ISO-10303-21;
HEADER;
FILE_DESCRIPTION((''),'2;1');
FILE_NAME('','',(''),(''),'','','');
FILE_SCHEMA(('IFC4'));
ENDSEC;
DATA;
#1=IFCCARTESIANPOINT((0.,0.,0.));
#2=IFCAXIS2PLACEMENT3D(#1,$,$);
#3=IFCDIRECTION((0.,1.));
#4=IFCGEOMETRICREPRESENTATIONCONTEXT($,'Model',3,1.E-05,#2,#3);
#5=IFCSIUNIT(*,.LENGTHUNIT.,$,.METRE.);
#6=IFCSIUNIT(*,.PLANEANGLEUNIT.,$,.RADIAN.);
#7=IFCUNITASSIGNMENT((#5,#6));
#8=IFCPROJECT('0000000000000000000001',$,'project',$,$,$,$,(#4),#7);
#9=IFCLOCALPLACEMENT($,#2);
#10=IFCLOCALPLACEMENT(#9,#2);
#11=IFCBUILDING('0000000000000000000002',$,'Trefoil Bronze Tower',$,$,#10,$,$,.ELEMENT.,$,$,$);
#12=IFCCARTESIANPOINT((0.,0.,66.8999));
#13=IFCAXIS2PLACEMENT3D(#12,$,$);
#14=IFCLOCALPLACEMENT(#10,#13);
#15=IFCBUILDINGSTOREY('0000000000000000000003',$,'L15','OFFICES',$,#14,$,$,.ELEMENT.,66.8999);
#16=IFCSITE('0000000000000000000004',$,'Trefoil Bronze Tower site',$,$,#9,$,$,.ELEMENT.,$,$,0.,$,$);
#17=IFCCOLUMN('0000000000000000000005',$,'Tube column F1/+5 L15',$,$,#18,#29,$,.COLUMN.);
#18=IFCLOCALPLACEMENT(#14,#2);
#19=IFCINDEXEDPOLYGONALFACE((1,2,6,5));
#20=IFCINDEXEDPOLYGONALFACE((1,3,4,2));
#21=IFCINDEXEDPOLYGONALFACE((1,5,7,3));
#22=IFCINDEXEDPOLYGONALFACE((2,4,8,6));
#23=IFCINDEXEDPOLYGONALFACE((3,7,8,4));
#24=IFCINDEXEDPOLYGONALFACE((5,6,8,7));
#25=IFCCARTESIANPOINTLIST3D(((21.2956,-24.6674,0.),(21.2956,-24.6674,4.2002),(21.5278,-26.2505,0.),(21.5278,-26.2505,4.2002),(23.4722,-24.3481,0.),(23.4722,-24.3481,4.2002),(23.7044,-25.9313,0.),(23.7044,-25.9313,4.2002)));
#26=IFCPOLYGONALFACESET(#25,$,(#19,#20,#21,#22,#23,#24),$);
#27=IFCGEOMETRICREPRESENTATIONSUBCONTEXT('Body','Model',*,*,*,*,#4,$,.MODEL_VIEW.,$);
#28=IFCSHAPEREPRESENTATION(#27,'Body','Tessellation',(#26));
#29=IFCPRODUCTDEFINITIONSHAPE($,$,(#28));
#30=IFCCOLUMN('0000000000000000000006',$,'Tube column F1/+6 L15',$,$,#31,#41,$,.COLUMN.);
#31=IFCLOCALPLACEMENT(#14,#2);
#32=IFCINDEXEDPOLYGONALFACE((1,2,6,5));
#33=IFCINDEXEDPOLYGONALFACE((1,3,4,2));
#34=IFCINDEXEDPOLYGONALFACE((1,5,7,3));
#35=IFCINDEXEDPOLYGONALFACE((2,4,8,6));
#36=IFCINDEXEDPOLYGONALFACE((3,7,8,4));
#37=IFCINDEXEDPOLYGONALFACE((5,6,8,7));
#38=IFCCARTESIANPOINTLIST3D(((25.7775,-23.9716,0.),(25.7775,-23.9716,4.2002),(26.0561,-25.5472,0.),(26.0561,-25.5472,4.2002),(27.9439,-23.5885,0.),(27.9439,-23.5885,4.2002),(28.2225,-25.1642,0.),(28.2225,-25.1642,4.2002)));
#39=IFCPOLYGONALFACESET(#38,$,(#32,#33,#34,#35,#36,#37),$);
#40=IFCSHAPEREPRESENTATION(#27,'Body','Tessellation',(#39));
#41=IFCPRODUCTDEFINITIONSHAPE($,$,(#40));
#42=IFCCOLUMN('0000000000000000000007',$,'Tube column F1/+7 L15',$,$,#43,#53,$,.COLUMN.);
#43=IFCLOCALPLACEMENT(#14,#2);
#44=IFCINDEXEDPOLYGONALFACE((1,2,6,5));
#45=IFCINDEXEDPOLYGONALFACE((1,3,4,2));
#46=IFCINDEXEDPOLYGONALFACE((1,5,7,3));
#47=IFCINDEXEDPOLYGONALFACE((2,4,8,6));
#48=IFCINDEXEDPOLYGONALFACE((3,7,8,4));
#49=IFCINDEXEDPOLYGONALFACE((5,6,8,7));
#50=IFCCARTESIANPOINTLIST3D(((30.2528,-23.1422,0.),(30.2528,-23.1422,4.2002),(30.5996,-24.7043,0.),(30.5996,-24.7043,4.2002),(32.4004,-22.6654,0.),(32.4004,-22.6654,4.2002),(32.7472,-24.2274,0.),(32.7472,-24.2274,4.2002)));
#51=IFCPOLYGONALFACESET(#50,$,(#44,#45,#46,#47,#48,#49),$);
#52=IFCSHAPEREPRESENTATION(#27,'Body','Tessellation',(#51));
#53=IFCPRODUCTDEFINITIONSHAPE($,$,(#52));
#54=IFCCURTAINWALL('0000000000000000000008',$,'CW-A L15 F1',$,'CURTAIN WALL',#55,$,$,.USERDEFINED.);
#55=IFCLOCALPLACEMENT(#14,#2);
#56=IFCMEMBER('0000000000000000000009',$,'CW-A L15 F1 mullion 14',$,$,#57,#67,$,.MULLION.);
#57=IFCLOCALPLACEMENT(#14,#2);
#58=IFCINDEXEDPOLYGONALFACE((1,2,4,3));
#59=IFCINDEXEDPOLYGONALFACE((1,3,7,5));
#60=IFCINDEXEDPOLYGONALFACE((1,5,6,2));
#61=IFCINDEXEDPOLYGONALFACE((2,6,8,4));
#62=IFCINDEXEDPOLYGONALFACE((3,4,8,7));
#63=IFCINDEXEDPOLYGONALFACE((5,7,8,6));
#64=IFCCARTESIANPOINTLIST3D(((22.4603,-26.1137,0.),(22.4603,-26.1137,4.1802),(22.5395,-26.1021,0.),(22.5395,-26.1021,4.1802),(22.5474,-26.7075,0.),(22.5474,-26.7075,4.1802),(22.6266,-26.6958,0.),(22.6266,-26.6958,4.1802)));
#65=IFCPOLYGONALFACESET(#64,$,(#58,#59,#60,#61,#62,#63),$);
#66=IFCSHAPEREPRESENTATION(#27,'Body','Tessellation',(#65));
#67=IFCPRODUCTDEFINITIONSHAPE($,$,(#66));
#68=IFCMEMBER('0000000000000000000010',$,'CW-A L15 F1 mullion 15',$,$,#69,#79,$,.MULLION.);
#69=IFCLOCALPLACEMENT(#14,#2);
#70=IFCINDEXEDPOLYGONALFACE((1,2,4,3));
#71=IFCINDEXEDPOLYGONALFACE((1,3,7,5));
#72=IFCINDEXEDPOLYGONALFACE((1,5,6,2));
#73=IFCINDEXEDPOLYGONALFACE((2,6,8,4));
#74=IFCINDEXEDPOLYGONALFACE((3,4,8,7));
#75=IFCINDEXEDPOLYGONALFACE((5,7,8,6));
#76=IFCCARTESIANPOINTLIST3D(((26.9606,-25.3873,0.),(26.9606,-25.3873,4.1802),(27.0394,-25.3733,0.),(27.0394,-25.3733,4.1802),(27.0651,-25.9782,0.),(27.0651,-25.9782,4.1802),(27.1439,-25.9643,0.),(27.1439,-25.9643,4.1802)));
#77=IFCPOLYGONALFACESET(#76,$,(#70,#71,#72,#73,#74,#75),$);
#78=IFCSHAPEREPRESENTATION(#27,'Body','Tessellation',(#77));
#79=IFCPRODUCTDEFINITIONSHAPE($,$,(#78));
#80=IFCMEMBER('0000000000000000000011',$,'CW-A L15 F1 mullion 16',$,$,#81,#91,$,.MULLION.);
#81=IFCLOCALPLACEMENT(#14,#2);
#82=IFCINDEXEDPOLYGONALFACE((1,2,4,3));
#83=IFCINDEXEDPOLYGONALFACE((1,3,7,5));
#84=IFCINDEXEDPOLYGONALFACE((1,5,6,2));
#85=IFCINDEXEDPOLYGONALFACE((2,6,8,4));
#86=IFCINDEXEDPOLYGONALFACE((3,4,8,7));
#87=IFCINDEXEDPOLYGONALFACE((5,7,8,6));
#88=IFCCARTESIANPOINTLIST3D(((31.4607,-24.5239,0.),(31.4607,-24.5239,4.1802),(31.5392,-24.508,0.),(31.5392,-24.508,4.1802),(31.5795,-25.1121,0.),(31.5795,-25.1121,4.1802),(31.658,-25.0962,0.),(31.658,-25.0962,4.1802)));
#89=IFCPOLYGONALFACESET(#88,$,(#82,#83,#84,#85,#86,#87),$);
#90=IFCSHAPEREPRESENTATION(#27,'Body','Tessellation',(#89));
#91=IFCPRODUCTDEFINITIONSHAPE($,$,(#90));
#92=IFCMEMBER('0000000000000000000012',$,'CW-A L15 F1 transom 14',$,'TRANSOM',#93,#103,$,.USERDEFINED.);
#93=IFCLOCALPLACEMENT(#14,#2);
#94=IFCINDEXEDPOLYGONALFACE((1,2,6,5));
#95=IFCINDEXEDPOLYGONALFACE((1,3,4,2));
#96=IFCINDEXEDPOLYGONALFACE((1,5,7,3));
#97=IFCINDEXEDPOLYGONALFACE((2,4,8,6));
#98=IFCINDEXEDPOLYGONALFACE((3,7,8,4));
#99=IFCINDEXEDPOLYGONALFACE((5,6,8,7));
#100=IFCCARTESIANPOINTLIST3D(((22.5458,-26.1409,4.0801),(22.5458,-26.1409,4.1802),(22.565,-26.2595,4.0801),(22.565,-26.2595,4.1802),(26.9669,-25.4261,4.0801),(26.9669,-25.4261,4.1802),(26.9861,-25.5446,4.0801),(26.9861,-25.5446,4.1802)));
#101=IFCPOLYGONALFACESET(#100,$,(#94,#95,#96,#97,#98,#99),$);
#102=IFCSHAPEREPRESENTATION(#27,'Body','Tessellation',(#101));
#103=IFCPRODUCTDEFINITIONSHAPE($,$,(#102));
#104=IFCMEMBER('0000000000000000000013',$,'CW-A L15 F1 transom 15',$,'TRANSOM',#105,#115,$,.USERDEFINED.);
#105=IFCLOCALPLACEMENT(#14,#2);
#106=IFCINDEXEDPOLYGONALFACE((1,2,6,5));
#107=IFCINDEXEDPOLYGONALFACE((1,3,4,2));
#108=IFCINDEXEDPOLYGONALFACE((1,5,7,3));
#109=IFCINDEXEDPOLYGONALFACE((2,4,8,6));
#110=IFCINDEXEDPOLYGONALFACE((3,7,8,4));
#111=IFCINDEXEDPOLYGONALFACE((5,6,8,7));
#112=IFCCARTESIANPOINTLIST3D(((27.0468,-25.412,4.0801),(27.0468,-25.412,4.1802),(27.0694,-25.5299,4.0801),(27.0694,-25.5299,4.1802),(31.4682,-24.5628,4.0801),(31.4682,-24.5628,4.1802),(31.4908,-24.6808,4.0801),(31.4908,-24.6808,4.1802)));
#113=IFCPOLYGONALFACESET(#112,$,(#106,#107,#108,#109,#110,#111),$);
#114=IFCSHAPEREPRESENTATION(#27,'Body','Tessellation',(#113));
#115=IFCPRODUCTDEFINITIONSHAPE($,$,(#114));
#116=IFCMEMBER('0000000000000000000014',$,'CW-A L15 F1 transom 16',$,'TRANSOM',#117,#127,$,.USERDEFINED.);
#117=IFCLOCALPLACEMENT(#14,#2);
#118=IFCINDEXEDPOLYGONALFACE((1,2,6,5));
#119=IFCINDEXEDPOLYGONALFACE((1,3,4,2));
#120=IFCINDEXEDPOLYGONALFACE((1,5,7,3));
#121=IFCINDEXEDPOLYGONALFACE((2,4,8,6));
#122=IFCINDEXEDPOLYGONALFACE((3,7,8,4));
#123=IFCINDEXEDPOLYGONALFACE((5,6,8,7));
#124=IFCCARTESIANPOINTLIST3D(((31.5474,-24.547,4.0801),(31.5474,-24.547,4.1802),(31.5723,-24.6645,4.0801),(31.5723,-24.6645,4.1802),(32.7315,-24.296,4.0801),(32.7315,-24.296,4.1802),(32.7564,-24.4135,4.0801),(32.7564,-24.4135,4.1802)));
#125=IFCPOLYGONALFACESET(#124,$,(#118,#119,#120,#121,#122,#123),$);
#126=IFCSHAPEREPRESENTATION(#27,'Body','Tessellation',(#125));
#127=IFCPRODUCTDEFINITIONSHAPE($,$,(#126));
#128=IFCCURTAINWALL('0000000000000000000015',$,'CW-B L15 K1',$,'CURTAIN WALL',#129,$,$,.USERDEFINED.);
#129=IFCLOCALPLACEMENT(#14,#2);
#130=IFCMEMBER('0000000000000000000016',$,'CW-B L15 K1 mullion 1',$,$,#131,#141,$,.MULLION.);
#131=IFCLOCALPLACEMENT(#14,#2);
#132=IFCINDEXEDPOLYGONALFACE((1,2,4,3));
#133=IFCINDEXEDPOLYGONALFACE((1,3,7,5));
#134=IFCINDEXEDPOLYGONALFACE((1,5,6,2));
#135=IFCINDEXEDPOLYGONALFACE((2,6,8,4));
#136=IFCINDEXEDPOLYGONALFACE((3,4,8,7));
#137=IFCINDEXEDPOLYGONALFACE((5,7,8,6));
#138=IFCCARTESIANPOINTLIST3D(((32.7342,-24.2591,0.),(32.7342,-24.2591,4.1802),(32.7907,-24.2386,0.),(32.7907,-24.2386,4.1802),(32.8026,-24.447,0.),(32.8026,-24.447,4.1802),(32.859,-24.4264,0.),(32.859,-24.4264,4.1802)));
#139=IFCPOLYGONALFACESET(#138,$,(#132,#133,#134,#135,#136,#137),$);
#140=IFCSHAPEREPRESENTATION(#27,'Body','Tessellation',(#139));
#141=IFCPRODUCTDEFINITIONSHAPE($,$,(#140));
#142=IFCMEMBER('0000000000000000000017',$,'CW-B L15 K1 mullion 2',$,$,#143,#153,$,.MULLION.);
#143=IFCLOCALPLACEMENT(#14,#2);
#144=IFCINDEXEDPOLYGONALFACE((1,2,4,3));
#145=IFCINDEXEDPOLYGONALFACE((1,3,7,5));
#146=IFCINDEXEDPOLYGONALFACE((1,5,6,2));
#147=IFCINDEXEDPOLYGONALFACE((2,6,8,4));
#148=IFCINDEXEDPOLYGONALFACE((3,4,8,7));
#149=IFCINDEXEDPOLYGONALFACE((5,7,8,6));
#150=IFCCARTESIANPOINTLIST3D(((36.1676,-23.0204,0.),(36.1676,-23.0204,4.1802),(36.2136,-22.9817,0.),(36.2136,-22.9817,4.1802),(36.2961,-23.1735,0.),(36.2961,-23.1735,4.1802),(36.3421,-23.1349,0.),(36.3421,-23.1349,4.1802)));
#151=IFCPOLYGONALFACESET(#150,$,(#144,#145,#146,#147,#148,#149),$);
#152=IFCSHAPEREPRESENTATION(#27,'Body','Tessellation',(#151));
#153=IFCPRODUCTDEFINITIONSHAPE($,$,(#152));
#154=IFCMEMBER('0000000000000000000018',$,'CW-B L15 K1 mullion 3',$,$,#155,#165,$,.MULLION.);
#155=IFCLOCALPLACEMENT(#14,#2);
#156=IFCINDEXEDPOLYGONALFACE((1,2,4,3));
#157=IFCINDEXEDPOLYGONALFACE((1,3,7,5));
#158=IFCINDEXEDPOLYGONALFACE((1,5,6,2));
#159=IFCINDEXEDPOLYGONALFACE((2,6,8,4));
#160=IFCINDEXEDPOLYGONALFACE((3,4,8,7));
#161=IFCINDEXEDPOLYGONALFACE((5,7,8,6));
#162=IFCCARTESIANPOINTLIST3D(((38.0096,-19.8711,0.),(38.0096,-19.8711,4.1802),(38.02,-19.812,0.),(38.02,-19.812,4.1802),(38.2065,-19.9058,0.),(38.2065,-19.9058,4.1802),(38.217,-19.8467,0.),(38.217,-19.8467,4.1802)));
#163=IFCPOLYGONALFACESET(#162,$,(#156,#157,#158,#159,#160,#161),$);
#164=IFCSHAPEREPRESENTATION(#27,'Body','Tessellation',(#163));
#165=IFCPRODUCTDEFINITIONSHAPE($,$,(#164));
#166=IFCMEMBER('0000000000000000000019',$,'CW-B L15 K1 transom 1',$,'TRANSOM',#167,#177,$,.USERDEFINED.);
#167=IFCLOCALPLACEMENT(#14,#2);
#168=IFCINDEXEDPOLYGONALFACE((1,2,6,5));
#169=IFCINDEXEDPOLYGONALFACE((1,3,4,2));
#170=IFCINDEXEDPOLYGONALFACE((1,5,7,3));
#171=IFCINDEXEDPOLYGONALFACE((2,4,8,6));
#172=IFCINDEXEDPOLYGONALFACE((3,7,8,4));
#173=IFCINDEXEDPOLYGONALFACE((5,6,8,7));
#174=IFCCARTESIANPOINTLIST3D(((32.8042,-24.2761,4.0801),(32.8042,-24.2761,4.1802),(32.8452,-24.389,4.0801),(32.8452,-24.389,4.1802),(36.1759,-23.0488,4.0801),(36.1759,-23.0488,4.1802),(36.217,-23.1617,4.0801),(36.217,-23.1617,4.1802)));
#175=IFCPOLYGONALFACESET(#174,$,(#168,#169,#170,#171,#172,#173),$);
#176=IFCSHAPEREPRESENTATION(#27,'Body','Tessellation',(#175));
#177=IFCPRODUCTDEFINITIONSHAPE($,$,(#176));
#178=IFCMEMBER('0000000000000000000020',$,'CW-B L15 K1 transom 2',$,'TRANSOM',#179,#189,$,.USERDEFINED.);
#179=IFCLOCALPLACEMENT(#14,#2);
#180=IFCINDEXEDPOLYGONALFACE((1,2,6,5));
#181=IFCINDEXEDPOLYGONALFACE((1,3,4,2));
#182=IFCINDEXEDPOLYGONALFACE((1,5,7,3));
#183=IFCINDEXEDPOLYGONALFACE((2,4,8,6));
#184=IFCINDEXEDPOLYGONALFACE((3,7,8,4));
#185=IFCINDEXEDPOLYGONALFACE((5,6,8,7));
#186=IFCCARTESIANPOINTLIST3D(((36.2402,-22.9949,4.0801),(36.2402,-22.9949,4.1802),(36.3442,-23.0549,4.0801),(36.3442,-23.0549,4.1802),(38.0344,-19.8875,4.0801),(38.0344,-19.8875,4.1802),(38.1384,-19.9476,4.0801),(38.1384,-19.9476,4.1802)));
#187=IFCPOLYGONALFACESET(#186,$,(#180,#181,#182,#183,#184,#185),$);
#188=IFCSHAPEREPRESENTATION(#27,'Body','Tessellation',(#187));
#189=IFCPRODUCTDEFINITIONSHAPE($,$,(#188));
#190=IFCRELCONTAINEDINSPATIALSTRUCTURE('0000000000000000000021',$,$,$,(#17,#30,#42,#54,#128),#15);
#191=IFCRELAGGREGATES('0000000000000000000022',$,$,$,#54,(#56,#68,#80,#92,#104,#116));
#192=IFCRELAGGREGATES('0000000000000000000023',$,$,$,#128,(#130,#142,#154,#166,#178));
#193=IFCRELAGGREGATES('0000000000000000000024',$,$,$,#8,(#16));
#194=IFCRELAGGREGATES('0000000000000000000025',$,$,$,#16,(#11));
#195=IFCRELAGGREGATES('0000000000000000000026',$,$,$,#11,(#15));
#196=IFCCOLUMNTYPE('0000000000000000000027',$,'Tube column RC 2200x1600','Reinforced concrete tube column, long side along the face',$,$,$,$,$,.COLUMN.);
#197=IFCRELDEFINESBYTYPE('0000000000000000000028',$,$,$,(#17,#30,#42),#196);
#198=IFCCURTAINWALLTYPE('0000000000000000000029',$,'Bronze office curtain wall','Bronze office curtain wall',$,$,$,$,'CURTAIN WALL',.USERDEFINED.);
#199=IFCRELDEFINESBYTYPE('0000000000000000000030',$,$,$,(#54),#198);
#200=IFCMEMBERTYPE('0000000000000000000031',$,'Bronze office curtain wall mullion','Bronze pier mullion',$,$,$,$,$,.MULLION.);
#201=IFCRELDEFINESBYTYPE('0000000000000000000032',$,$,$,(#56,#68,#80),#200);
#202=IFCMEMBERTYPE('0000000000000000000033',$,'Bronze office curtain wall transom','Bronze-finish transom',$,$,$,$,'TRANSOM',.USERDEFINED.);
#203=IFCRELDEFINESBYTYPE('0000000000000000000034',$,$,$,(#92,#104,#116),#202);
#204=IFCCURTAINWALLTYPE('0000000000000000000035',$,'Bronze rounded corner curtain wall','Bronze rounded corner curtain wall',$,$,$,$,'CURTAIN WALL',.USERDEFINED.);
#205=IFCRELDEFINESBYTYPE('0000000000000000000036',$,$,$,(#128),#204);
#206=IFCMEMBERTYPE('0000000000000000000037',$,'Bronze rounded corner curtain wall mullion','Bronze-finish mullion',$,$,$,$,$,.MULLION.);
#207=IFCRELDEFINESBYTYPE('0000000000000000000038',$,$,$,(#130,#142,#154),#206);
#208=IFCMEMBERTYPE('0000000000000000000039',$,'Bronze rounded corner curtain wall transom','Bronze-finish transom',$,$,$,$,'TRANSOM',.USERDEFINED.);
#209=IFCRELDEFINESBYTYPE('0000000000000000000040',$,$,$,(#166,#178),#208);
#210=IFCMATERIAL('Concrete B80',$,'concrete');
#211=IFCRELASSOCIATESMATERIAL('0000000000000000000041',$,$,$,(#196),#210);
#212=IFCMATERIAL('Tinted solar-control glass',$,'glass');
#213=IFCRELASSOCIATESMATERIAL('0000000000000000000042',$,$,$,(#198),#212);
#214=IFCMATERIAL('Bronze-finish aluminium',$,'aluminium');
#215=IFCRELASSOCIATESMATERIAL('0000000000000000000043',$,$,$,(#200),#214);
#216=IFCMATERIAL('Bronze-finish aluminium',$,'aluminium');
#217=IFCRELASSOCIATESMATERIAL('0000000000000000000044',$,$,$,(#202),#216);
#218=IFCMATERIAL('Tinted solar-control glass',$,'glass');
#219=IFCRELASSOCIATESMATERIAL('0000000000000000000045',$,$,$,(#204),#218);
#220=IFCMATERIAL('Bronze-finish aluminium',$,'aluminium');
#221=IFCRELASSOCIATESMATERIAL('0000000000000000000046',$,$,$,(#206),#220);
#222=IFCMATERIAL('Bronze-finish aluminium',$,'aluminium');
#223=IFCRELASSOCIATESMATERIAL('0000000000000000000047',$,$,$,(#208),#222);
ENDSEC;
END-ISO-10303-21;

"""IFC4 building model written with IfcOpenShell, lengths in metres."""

from ifc_helpers import new_model, si_unit, direction, frame, origin, origin_2d, place, context, subcontext, project, spatial, rectangle, extrude, material, material_profile, profile_set, type_object, element, aggregate, save


model = new_model("IFC4")

# Units and contexts
model_context = context("Model", 3, precision=1e-05, world=origin(), true_north=direction((0.0, 1.0)))
body_context = subcontext(model_context, "Body", "Model", "MODEL_VIEW")
ifc_project = project(units=[si_unit("LENGTHUNIT", "METRE"), si_unit("PLANEANGLEUNIT", "RADIAN")], contexts=[model_context])

# Site, building, storey
site_placement = place(None, origin())
site = spatial("IfcSite", under=ifc_project, at=site_placement, Name="Trefoil Bronze Tower site", CompositionType="ELEMENT", RefElevation=0.0)
building_placement = place(site_placement, origin())
building = spatial("IfcBuilding", under=site, at=building_placement, Name="Trefoil Bronze Tower", CompositionType="ELEMENT")
storey_placement = place(building_placement, frame((0.0, 0.0, 66.8999)))
storey = spatial("IfcBuildingStorey", under=building, at=storey_placement, Name="L15", Description="OFFICES", CompositionType="ELEMENT", Elevation=66.8999)

# Columns
ifc_material_1 = material(Name="Concrete B80", Category="concrete")
ifc_material_profile_1 = material_profile(ifc_material_1, rectangle(XDim=2.2, YDim=1.6001, at=origin_2d()), Name="RC 2200x1600")
ifc_profile_set_1 = profile_set([ifc_material_profile_1], Name="Concrete B80")
column_type = type_object("IfcColumnType", Name="Tube column RC 2200x1600", Description="Reinforced concrete tube column, long side along the face", PredefinedType="COLUMN", material=ifc_profile_set_1)
for number, where, z_axis, x_axis, name in (
    (1, (22.5, -25.2993, 0.0), (0.0, 0.0, 1.0), (0.989416, 0.145109, 0.0), "Tube column F1/+5 L15"),
    (2, (27.0, -24.5679, 0.0), (0.0, 0.0, 1.0), (0.984722, 0.174131, 0.0), "Tube column F1/+6 L15"),
    (3, (31.5, -23.6848, 0.0), (0.0, 0.0, 1.0), (0.97623, 0.216739, 0.0), "Tube column F1/+7 L15"),
):
    element("IfcColumn", number, at=place(storey_placement, frame(where, z_axis=z_axis, x_axis=x_axis)), inside=storey, type_object=column_type, Name=name, PredefinedType="COLUMN", context=body_context, shape_type="SweptSolid", body=[
        extrude(rectangle(XDim=2.2, YDim=1.6001, at=origin_2d()), origin(), (0.0, 0.0, 1.0), 4.2002),
    ])

# Curtain walls, members
ifc_material_2 = material(Name="Tinted solar-control glass", Category="glass")
curtain_wall_type_1 = type_object("IfcCurtainWallType", Name="Bronze office curtain wall", Description="Bronze office curtain wall", ElementType="CURTAIN WALL", PredefinedType="USERDEFINED", material=ifc_material_2)
curtain_wall_1_placement = place(storey_placement, origin())
curtain_wall_1 = element("IfcCurtainWall", 4, at=curtain_wall_1_placement, inside=storey, type_object=curtain_wall_type_1, Name="CW-A L15 F1", ObjectType="CURTAIN WALL", PredefinedType="USERDEFINED")
ifc_material_3 = material(Name="Bronze-finish aluminium", Category="aluminium")
ifc_material_profile_2 = material_profile(ifc_material_3, rectangle(XDim=0.6001, YDim=0.0801, at=origin_2d()), Name="CW-A mullion")
ifc_profile_set_2 = profile_set([ifc_material_profile_2], Name="Bronze-finish aluminium")
member_type_1 = type_object("IfcMemberType", Name="Bronze office curtain wall mullion", Description="Bronze pier mullion", PredefinedType="MULLION", material=ifc_profile_set_2)
member_1_placement = place(storey_placement, frame((22.5435, -26.4048, 0.0), z_axis=(0.0, 0.0, 1.0), x_axis=(-0.145109, 0.989416, 0.0)))
member_1 = element("IfcMember", 5, at=member_1_placement, type_object=member_type_1, Name="CW-A L15 F1 mullion 14", PredefinedType="MULLION", context=body_context, shape_type="SweptSolid", body=[
    extrude(rectangle(XDim=0.6001, YDim=0.0801, at=origin_2d()), origin(), (0.0, 0.0, 1.0), 4.1802),
])
member_2_placement = place(storey_placement, frame((27.0522, -25.6758, 0.0), z_axis=(0.0, 0.0, 1.0), x_axis=(-0.174131, 0.984722, 0.0)))
member_2 = element("IfcMember", 6, at=member_2_placement, type_object=member_type_1, Name="CW-A L15 F1 mullion 15", PredefinedType="MULLION", context=body_context, shape_type="SweptSolid", body=[
    extrude(rectangle(XDim=0.6001, YDim=0.0801, at=origin_2d()), origin(), (0.0, 0.0, 1.0), 4.1802),
])
member_3_placement = place(storey_placement, frame((31.5593, -24.8101, 0.0), z_axis=(0.0, 0.0, 1.0), x_axis=(-0.19791, 0.98022, 0.0)))
member_3 = element("IfcMember", 7, at=member_3_placement, type_object=member_type_1, Name="CW-A L15 F1 mullion 16", PredefinedType="MULLION", context=body_context, shape_type="SweptSolid", body=[
    extrude(rectangle(XDim=0.6001, YDim=0.0801, at=origin_2d()), origin(), (0.0, 0.0, 1.0), 4.1802),
])
ifc_material_4 = material(Name="Bronze-finish aluminium", Category="aluminium")
ifc_material_profile_3 = material_profile(ifc_material_4, rectangle(XDim=0.1201, YDim=0.1001, at=origin_2d()), Name="CW-A transom")
ifc_profile_set_3 = profile_set([ifc_material_profile_3], Name="Bronze-finish aluminium")
member_type_2 = type_object("IfcMemberType", Name="Bronze office curtain wall transom", Description="Bronze-finish transom", ElementType="TRANSOM", PredefinedType="USERDEFINED", material=ifc_profile_set_3)
member_4_placement = place(storey_placement, frame((22.5554, -26.2002, 4.1301), z_axis=(0.987179, 0.159615, 0.0), x_axis=(-0.159615, 0.987179, 0.0)))
member_4 = element("IfcMember", 8, at=member_4_placement, type_object=member_type_2, Name="CW-A L15 F1 transom 14", ObjectType="TRANSOM", PredefinedType="USERDEFINED", context=body_context, shape_type="SweptSolid", body=[
    extrude(rectangle(XDim=0.1201, YDim=0.1001, at=origin_2d()), origin(), (0.0, 0.0, 1.0), 4.4785),
])
member_5_placement = place(storey_placement, frame((27.0581, -25.4709, 4.1301), z_axis=(0.982054, 0.188602, 0.0), x_axis=(-0.188602, 0.982054, 0.0)))
member_5 = element("IfcMember", 9, at=member_5_placement, type_object=member_type_2, Name="CW-A L15 F1 transom 15", ObjectType="TRANSOM", PredefinedType="USERDEFINED", context=body_context, shape_type="SweptSolid", body=[
    extrude(rectangle(XDim=0.1201, YDim=0.1001, at=origin_2d()), origin(), (0.0, 0.0, 1.0), 4.5022),
])
member_6_placement = place(storey_placement, frame((31.5598, -24.6057, 4.1301), z_axis=(0.978266, 0.207352, 0.0), x_axis=(-0.207352, 0.978266, 0.0)))
member_6 = element("IfcMember", 10, at=member_6_placement, type_object=member_type_2, Name="CW-A L15 F1 transom 16", ObjectType="TRANSOM", PredefinedType="USERDEFINED", context=body_context, shape_type="SweptSolid", body=[
    extrude(rectangle(XDim=0.1201, YDim=0.1001, at=origin_2d()), origin(), (0.0, 0.0, 1.0), 1.2104),
])
ifc_material_5 = material(Name="Tinted solar-control glass", Category="glass")
curtain_wall_type_2 = type_object("IfcCurtainWallType", Name="Bronze rounded corner curtain wall", Description="Bronze rounded corner curtain wall", ElementType="CURTAIN WALL", PredefinedType="USERDEFINED", material=ifc_material_5)
curtain_wall_2_placement = place(storey_placement, origin())
curtain_wall_2 = element("IfcCurtainWall", 11, at=curtain_wall_2_placement, inside=storey, type_object=curtain_wall_type_2, Name="CW-B L15 K1", ObjectType="CURTAIN WALL", PredefinedType="USERDEFINED")
ifc_material_6 = material(Name="Bronze-finish aluminium", Category="aluminium")
ifc_material_profile_4 = material_profile(ifc_material_6, rectangle(XDim=0.2, YDim=0.0601, at=origin_2d()), Name="CW-B mullion")
ifc_profile_set_4 = profile_set([ifc_material_profile_4], Name="Bronze-finish aluminium")
member_type_3 = type_object("IfcMemberType", Name="Bronze rounded corner curtain wall mullion", Description="Bronze-finish mullion", PredefinedType="MULLION", material=ifc_profile_set_4)
member_7_placement = place(storey_placement, frame((32.7966, -24.3428, 0.0), z_axis=(0.0, 0.0, 1.0), x_axis=(-0.34202, 0.939693, 0.0)))
member_7 = element("IfcMember", 12, at=member_7_placement, type_object=member_type_3, Name="CW-B L15 K1 mullion 1", PredefinedType="MULLION", context=body_context, shape_type="SweptSolid", body=[
    extrude(rectangle(XDim=0.2, YDim=0.0601, at=origin_2d()), origin(), (0.0, 0.0, 1.0), 4.1802),
])
member_8_placement = place(storey_placement, frame((36.2549, -23.0776, 0.0), z_axis=(0.0, 0.0, 1.0), x_axis=(-0.642788, 0.766044, 0.0)))
member_8 = element("IfcMember", 13, at=member_8_placement, type_object=member_type_3, Name="CW-B L15 K1 mullion 2", PredefinedType="MULLION", context=body_context, shape_type="SweptSolid", body=[
    extrude(rectangle(XDim=0.2, YDim=0.0601, at=origin_2d()), origin(), (0.0, 0.0, 1.0), 4.1802),
])
member_9_placement = place(storey_placement, frame((38.1133, -19.8589, 0.0), z_axis=(0.0, 0.0, 1.0), x_axis=(-0.984808, 0.173648, 0.0)))
member_9 = element("IfcMember", 14, at=member_9_placement, type_object=member_type_3, Name="CW-B L15 K1 mullion 3", PredefinedType="MULLION", context=body_context, shape_type="SweptSolid", body=[
    extrude(rectangle(XDim=0.2, YDim=0.0601, at=origin_2d()), origin(), (0.0, 0.0, 1.0), 4.1802),
])
ifc_material_7 = material(Name="Bronze-finish aluminium", Category="aluminium")
ifc_material_profile_5 = material_profile(ifc_material_7, rectangle(XDim=0.1201, YDim=0.1001, at=origin_2d()), Name="CW-B transom")
ifc_profile_set_5 = profile_set([ifc_material_profile_5], Name="Bronze-finish aluminium")
member_type_4 = type_object("IfcMemberType", Name="Bronze rounded corner curtain wall transom", Description="Bronze-finish transom", ElementType="TRANSOM", PredefinedType="USERDEFINED", material=ifc_profile_set_5)
member_10_placement = place(storey_placement, frame((32.8247, -24.3325, 4.1301), z_axis=(0.939688, 0.342033, 0.0), x_axis=(-0.342033, 0.939688, 0.0)))
member_10 = element("IfcMember", 15, at=member_10_placement, type_object=member_type_4, Name="CW-B L15 K1 transom 1", ObjectType="TRANSOM", PredefinedType="USERDEFINED", context=body_context, shape_type="SweptSolid", body=[
    extrude(rectangle(XDim=0.1201, YDim=0.1001, at=origin_2d()), origin(), (0.0, 0.0, 1.0), 3.5881),
])
member_11_placement = place(storey_placement, frame((36.2922, -23.0249, 4.1301), z_axis=(0.500025, 0.866011, 0.0), x_axis=(-0.866011, 0.500025, 0.0)))
member_11 = element("IfcMember", 16, at=member_11_placement, type_object=member_type_4, Name="CW-B L15 K1 transom 2", ObjectType="TRANSOM", PredefinedType="USERDEFINED", context=body_context, shape_type="SweptSolid", body=[
    extrude(rectangle(XDim=0.1201, YDim=0.1001, at=origin_2d()), origin(), (0.0, 0.0, 1.0), 3.5881),
])

aggregate(curtain_wall_1, [member_1, member_2, member_3, member_4, member_5, member_6])
aggregate(curtain_wall_2, [member_7, member_8, member_9, member_10, member_11])

save(model, "model.ifc")
